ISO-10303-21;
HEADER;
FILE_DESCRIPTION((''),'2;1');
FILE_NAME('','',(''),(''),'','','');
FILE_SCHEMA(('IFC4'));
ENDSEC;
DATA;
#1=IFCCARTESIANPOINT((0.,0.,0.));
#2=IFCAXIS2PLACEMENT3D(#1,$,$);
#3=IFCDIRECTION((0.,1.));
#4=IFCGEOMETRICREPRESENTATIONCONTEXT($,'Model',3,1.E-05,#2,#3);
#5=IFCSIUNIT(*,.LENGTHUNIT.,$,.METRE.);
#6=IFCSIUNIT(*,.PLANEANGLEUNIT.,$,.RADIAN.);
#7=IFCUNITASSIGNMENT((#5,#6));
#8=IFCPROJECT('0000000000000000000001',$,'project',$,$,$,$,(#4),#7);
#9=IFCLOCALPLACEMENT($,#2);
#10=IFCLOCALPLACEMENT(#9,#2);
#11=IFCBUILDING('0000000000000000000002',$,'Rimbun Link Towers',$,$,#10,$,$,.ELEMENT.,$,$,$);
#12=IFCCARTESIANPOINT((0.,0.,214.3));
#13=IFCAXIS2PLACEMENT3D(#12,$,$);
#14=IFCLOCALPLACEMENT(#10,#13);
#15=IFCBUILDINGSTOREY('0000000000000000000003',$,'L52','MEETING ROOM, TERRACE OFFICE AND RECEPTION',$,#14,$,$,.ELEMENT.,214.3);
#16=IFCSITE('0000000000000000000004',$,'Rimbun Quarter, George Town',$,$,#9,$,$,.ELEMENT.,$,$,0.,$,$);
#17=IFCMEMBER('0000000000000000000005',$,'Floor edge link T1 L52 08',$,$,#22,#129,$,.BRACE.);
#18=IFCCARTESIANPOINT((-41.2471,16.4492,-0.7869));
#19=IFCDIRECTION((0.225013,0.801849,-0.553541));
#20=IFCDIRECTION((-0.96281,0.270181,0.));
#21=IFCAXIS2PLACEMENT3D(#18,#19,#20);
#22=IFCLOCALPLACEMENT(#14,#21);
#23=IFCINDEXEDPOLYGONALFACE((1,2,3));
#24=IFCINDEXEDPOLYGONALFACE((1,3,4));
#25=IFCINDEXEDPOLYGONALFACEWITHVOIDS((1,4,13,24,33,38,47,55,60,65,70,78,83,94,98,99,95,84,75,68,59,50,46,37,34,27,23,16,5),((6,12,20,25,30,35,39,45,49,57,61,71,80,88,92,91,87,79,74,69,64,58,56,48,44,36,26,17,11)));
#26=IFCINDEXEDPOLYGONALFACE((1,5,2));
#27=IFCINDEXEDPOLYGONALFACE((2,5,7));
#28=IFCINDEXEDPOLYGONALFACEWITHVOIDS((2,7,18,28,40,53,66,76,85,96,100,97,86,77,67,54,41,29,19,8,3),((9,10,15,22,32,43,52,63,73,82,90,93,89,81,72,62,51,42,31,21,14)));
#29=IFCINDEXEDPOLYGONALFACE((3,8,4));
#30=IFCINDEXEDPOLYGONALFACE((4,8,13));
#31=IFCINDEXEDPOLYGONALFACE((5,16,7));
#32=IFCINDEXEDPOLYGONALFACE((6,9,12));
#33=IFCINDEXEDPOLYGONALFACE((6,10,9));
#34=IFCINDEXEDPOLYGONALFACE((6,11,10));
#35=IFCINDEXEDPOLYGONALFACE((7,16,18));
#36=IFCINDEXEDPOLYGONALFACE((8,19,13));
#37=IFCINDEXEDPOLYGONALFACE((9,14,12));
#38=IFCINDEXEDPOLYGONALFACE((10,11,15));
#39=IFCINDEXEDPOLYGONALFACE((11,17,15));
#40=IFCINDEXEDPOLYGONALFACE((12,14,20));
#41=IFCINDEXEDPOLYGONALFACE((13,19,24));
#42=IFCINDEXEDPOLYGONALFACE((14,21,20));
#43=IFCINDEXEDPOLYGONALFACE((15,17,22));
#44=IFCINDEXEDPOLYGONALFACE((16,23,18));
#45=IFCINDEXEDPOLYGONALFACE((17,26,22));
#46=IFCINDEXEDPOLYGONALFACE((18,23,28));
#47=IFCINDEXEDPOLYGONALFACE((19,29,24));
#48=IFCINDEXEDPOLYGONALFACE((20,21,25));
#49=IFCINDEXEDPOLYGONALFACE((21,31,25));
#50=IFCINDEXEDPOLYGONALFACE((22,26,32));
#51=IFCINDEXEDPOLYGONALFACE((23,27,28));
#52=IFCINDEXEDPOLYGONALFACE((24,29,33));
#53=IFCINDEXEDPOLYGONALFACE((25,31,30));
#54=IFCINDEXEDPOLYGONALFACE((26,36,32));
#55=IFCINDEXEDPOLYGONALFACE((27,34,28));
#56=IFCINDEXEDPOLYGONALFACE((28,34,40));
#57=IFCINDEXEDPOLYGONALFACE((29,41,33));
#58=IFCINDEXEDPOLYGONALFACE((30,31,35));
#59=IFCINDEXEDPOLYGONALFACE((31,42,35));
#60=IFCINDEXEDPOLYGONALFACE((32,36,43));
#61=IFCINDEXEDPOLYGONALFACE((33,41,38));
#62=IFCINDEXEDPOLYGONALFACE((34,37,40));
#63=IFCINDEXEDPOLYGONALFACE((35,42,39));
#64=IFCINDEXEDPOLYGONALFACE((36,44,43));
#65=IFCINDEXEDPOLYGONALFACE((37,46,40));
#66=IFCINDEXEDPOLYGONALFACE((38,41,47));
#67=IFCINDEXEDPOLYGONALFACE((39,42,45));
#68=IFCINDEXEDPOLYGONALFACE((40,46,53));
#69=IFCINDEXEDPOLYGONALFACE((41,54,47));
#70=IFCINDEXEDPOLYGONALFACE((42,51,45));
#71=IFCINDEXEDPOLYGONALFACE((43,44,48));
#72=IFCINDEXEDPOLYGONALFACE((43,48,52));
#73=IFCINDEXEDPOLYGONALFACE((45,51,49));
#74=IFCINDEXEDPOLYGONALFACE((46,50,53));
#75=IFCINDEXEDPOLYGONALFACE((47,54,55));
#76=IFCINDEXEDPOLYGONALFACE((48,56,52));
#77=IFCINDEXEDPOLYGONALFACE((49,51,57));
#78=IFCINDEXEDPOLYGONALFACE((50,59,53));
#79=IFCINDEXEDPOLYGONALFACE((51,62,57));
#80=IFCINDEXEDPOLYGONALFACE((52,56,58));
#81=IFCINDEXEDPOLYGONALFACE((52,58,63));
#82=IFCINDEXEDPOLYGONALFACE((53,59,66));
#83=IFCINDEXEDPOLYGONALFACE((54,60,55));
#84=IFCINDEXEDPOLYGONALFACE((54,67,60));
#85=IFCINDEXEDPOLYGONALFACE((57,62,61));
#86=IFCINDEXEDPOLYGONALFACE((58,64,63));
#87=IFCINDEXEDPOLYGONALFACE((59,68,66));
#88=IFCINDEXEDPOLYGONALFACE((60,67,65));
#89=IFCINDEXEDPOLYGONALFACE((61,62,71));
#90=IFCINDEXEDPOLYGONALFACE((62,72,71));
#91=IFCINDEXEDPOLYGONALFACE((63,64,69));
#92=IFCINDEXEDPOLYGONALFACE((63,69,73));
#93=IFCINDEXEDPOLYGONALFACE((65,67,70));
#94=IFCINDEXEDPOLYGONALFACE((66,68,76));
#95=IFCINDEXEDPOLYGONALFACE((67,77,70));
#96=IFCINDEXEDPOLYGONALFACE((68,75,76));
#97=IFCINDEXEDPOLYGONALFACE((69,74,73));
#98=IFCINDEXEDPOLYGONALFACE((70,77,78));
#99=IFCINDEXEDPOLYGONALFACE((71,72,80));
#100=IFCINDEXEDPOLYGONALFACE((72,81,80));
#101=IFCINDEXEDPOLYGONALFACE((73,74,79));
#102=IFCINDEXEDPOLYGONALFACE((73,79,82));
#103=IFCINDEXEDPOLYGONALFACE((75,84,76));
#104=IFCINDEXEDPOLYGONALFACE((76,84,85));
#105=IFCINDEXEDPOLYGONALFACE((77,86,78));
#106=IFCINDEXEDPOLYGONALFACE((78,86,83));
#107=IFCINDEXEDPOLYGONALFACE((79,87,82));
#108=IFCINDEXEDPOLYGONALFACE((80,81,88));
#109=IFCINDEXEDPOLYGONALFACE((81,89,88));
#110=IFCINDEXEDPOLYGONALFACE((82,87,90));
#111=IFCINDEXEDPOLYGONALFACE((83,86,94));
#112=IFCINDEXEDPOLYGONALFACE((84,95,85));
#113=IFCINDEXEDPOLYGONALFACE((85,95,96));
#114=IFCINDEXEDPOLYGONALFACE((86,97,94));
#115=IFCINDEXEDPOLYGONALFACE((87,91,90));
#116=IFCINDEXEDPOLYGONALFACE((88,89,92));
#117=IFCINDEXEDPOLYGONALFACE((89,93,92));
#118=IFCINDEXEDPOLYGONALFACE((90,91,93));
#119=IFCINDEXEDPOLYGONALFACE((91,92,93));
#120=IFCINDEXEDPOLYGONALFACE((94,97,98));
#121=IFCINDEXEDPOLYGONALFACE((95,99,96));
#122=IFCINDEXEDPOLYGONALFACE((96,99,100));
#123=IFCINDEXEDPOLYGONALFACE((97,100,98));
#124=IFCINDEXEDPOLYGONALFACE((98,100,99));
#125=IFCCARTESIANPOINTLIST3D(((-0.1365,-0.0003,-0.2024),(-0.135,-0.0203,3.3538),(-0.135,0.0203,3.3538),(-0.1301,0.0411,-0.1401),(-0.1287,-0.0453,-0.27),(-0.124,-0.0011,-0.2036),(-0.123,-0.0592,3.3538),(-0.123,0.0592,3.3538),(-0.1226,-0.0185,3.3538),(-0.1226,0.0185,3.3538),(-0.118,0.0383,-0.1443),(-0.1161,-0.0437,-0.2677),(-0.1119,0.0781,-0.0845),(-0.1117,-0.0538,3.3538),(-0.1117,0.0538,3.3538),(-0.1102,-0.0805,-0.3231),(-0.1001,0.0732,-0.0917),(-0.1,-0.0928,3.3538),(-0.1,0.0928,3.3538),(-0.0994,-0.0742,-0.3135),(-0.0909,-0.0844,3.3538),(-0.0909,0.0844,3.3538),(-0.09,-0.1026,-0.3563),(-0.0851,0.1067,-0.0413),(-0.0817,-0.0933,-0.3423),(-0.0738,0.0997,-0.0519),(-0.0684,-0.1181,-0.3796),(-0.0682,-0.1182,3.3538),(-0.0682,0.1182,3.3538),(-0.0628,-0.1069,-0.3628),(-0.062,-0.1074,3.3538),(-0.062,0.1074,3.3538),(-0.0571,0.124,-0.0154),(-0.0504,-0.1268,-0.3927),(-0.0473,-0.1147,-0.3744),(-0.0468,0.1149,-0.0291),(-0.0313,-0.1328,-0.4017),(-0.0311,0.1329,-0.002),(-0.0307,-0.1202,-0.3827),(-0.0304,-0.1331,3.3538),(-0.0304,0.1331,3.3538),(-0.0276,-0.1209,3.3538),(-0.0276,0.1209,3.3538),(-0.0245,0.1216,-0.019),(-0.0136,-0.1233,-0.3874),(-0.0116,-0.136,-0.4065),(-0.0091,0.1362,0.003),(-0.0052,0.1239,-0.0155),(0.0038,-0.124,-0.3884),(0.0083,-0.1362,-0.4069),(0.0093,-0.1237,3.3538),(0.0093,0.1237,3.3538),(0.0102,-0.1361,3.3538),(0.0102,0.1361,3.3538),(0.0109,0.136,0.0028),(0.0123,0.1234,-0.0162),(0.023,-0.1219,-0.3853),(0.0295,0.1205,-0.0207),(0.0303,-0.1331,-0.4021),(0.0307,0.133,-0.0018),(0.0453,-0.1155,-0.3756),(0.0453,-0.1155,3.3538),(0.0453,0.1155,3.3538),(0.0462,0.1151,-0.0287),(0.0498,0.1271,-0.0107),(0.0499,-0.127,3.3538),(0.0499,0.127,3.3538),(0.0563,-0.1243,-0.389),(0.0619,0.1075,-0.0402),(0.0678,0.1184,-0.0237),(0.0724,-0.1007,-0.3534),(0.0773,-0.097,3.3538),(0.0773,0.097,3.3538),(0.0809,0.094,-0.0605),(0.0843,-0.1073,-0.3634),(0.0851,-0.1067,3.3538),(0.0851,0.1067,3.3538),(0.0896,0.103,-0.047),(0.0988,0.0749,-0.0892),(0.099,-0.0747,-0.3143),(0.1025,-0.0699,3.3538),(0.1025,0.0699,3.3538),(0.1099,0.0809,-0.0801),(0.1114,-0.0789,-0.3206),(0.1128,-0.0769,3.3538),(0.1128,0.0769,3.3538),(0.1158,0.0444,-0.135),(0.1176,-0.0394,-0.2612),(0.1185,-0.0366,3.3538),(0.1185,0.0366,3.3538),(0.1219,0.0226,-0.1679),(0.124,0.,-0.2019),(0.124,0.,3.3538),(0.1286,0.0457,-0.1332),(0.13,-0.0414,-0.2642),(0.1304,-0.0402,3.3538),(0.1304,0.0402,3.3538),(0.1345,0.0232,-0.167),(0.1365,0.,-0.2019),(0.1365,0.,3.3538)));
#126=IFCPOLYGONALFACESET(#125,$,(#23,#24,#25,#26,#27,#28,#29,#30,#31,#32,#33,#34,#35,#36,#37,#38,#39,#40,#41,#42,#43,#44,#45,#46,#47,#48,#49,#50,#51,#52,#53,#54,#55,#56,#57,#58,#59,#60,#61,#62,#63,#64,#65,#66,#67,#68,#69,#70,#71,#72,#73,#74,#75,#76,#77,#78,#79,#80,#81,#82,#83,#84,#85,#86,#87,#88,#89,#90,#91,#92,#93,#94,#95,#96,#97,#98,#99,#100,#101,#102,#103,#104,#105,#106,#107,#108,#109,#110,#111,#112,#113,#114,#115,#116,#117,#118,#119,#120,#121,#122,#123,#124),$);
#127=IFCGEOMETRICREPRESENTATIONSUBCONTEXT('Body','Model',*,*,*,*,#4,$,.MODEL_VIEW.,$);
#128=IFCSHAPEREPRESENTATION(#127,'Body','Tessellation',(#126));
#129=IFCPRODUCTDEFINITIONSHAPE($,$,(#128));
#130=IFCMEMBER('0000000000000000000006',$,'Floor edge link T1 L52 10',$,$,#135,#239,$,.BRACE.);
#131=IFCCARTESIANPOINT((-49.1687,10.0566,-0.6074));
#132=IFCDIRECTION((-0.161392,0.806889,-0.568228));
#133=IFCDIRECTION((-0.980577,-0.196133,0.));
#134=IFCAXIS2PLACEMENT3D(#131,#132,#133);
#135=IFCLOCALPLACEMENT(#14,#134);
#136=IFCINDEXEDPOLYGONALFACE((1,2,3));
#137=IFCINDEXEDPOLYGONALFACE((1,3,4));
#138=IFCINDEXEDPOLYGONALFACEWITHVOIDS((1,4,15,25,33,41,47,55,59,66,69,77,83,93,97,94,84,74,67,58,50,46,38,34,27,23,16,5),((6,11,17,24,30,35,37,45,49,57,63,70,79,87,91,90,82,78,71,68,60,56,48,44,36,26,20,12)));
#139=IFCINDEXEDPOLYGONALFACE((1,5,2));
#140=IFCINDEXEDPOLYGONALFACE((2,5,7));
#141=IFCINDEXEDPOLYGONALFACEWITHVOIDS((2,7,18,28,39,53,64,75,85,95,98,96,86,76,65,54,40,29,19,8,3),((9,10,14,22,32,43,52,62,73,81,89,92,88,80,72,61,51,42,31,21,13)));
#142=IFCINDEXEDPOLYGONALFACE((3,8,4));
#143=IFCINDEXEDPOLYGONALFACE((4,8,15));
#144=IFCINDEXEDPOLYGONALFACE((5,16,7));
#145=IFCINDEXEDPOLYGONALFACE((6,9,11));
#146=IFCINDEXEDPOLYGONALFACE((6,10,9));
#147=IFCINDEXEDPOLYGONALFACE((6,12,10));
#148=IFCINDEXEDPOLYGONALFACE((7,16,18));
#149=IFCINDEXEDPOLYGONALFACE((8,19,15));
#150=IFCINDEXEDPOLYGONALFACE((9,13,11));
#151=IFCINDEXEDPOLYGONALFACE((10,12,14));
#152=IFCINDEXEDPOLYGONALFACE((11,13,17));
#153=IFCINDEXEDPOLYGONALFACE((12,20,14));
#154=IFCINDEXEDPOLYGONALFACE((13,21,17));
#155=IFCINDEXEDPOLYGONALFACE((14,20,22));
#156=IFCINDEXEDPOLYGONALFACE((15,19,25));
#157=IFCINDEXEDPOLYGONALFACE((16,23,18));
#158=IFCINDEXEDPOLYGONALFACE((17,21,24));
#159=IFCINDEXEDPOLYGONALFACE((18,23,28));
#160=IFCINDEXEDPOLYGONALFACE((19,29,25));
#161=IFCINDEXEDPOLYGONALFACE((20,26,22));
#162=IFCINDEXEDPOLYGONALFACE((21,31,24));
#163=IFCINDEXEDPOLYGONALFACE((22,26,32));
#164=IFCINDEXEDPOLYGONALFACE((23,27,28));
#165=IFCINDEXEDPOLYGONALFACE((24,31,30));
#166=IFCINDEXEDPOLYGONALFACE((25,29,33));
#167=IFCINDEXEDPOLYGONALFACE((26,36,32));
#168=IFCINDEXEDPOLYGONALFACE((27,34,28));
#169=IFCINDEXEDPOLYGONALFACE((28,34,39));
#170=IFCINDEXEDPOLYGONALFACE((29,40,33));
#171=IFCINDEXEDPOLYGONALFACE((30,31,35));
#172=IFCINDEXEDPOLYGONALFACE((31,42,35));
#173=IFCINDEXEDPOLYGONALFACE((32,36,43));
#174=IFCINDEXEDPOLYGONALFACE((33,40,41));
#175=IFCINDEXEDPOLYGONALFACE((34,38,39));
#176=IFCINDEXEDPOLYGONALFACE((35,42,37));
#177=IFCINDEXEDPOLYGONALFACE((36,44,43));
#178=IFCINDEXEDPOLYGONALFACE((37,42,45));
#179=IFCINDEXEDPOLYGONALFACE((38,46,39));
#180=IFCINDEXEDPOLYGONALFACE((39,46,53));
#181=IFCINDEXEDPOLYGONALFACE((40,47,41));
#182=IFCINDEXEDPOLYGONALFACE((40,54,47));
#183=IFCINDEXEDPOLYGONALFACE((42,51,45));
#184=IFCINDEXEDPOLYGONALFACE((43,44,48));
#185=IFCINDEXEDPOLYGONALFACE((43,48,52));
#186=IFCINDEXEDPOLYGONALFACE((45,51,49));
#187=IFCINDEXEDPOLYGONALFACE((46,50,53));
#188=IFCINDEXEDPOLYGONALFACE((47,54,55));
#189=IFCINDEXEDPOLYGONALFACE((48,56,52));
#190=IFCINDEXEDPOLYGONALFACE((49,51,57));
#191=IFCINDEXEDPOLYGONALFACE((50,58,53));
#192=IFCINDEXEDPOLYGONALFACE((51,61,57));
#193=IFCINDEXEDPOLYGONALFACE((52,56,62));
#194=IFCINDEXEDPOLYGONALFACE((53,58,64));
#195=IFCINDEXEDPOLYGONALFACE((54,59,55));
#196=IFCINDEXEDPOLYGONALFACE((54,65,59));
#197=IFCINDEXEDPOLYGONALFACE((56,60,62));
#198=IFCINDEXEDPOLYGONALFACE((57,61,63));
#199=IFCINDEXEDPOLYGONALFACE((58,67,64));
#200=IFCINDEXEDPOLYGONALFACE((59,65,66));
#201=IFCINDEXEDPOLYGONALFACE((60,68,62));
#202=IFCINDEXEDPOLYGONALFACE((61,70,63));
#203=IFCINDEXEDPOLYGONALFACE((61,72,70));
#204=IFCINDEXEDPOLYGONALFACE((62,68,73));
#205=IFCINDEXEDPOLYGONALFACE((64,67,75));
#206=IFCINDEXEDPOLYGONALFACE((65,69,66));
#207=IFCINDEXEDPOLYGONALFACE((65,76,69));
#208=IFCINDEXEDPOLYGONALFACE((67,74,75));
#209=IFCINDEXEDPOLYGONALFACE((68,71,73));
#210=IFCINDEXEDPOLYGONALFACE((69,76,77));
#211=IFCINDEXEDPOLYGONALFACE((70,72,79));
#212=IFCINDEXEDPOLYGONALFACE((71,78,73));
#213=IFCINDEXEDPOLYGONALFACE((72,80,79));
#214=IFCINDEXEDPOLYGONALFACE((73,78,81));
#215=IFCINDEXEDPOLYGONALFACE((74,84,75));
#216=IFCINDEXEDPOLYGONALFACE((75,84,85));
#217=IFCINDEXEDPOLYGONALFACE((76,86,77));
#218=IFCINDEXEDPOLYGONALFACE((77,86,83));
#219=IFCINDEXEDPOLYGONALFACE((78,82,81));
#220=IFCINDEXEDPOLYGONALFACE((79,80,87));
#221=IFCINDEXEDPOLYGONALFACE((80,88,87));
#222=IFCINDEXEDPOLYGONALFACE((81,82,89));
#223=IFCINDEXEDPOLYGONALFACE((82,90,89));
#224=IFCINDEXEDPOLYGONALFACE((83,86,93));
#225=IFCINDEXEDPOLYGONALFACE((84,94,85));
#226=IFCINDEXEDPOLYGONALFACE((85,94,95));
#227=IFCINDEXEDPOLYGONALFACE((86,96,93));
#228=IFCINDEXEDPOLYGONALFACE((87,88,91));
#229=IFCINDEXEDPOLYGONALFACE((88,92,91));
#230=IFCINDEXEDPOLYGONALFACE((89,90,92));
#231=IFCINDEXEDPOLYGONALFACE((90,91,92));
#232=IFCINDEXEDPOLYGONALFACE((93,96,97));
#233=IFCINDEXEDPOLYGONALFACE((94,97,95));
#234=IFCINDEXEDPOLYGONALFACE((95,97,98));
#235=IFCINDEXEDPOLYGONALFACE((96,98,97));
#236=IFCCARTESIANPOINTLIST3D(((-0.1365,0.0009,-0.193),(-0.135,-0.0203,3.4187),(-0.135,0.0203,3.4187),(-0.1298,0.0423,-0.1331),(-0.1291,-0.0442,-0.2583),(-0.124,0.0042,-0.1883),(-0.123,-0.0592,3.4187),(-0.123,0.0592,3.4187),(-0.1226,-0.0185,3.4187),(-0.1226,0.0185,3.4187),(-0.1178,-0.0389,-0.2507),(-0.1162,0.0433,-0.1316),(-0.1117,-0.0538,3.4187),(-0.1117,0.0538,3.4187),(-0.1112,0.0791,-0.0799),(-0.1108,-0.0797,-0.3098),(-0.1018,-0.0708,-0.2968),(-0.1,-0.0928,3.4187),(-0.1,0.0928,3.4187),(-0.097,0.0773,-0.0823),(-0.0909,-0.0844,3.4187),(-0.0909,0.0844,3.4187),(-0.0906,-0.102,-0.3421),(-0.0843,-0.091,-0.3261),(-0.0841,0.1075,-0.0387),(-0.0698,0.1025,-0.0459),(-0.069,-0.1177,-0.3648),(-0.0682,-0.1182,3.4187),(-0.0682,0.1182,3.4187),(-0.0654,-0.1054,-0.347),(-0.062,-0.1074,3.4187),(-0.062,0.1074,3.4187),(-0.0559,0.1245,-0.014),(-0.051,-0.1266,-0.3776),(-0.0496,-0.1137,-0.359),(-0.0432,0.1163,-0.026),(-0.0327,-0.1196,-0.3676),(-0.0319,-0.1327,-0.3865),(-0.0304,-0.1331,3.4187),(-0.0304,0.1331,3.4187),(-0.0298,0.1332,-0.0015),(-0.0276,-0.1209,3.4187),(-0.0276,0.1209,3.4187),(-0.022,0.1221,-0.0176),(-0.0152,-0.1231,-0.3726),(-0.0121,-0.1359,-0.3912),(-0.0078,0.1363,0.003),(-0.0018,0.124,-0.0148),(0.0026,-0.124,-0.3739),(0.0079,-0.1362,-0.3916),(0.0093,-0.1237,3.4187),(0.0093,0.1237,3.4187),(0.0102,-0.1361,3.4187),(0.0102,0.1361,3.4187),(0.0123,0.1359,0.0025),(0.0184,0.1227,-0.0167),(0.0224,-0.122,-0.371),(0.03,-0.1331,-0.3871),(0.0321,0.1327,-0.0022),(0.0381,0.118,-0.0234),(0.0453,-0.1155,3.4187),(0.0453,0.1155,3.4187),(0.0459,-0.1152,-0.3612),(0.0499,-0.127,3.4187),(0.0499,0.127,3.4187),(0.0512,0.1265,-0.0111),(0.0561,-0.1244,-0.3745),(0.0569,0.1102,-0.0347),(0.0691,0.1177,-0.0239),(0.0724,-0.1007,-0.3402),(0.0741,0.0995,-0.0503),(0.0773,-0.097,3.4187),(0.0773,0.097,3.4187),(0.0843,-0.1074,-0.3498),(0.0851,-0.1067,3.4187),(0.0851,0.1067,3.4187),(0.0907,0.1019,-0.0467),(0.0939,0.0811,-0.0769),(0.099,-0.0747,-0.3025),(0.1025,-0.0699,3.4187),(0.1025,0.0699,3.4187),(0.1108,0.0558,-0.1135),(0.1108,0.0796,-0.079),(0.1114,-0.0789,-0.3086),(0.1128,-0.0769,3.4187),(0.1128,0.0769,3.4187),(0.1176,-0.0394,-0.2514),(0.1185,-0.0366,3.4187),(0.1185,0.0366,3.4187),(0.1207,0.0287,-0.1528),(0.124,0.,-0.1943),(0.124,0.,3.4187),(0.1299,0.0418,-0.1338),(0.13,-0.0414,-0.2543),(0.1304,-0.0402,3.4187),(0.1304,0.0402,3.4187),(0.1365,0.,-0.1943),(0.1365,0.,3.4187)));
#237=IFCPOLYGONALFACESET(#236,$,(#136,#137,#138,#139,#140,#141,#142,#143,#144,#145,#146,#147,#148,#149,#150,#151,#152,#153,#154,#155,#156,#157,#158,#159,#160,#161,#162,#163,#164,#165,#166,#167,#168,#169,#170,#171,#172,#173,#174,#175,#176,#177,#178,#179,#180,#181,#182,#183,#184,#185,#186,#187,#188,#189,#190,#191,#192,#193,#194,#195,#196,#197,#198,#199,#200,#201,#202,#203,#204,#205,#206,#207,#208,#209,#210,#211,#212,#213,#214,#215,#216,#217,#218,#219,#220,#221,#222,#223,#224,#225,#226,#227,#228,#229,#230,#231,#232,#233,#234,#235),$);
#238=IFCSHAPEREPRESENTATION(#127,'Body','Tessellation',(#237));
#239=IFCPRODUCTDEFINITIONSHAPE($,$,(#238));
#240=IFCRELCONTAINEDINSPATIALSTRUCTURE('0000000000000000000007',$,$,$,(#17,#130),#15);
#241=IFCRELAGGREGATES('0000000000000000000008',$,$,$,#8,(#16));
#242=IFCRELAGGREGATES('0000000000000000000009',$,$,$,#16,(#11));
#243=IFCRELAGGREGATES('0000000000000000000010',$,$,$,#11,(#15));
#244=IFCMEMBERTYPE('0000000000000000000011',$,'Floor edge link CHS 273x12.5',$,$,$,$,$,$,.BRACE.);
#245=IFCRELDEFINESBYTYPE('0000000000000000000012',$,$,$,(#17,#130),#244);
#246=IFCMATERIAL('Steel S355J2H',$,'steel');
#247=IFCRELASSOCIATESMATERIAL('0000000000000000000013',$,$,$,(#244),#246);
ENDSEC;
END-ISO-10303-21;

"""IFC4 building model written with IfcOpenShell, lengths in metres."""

from ifc_helpers import new_model, si_unit, direction, frame, origin, origin_2d, place, context, subcontext, project, spatial, hollow_circle, extrude, clip, halfspace, material, material_profile, profile_set, type_object, element, save


model = new_model("IFC4")

# Units and contexts
model_context = context("Model", 3, precision=1e-05, world=origin(), true_north=direction((0.0, 1.0)))
body_context = subcontext(model_context, "Body", "Model", "MODEL_VIEW")
ifc_project = project(units=[si_unit("LENGTHUNIT", "METRE"), si_unit("PLANEANGLEUNIT", "RADIAN")], contexts=[model_context])

# Site, building, storey
site_placement = place(None, origin())
site = spatial("IfcSite", under=ifc_project, at=site_placement, Name="Rimbun Quarter, George Town", CompositionType="ELEMENT", RefElevation=0.0)
building_placement = place(site_placement, origin())
building = spatial("IfcBuilding", under=site, at=building_placement, Name="Rimbun Link Towers", CompositionType="ELEMENT")
storey_placement = place(building_placement, frame((0.0, 0.0, 214.3)))
storey = spatial("IfcBuildingStorey", under=building, at=storey_placement, Name="L52", Description="MEETING ROOM, TERRACE OFFICE AND RECEPTION", CompositionType="ELEMENT", Elevation=214.3)

# Members
ifc_material_1 = material(Name="Steel S355J2H", Category="steel")
ifc_material_profile_1 = material_profile(ifc_material_1, hollow_circle(Radius=0.1365, WallThickness=0.0125, at=origin_2d()), Name="CHS 273x12.5")
ifc_profile_set_1 = profile_set([ifc_material_profile_1], Name="Steel S355J2H")
member_type_1 = type_object("IfcMemberType", Name="Floor edge link CHS 273x12.5", PredefinedType="BRACE", material=ifc_profile_set_1)
member_1_placement = place(storey_placement, frame((-41.2471, 16.4492, -0.7869), z_axis=(0.225013, 0.801849, -0.553541), x_axis=(-0.96281, 0.270181, 0.0)))
element("IfcMember", 1, at=member_1_placement, inside=storey, type_object=member_type_1, Name="Floor edge link T1 L52 08", PredefinedType="BRACE", context=body_context, shape_type="Clipping", body=[
    clip(extrude(hollow_circle(Radius=0.1365, WallThickness=0.0125, at=origin_2d()), frame((0.0, 0.0, -0.4287)), (0.0, 0.0, 1.0), 3.7825), halfspace(frame((0.0, 0.0, -0.2019), z_axis=(0.0, 0.832822, -0.553541)), False)),
])
member_2_placement = place(storey_placement, frame((-49.1687, 10.0566, -0.6074), z_axis=(-0.161392, 0.806889, -0.568228), x_axis=(-0.980577, -0.196133, 0.0)))
element("IfcMember", 2, at=member_2_placement, inside=storey, type_object=member_type_1, Name="Floor edge link T1 L52 10", PredefinedType="BRACE", context=body_context, shape_type="Clipping", body=[
    clip(extrude(hollow_circle(Radius=0.1365, WallThickness=0.0125, at=origin_2d()), frame((0.0, 0.0, -0.4128)), (0.0, 0.0, 1.0), 3.8315), halfspace(frame((0.0, 0.0, -0.1943), z_axis=(0.0, 0.822871, -0.568228)), False)),
])

save(model, "model.ifc")
